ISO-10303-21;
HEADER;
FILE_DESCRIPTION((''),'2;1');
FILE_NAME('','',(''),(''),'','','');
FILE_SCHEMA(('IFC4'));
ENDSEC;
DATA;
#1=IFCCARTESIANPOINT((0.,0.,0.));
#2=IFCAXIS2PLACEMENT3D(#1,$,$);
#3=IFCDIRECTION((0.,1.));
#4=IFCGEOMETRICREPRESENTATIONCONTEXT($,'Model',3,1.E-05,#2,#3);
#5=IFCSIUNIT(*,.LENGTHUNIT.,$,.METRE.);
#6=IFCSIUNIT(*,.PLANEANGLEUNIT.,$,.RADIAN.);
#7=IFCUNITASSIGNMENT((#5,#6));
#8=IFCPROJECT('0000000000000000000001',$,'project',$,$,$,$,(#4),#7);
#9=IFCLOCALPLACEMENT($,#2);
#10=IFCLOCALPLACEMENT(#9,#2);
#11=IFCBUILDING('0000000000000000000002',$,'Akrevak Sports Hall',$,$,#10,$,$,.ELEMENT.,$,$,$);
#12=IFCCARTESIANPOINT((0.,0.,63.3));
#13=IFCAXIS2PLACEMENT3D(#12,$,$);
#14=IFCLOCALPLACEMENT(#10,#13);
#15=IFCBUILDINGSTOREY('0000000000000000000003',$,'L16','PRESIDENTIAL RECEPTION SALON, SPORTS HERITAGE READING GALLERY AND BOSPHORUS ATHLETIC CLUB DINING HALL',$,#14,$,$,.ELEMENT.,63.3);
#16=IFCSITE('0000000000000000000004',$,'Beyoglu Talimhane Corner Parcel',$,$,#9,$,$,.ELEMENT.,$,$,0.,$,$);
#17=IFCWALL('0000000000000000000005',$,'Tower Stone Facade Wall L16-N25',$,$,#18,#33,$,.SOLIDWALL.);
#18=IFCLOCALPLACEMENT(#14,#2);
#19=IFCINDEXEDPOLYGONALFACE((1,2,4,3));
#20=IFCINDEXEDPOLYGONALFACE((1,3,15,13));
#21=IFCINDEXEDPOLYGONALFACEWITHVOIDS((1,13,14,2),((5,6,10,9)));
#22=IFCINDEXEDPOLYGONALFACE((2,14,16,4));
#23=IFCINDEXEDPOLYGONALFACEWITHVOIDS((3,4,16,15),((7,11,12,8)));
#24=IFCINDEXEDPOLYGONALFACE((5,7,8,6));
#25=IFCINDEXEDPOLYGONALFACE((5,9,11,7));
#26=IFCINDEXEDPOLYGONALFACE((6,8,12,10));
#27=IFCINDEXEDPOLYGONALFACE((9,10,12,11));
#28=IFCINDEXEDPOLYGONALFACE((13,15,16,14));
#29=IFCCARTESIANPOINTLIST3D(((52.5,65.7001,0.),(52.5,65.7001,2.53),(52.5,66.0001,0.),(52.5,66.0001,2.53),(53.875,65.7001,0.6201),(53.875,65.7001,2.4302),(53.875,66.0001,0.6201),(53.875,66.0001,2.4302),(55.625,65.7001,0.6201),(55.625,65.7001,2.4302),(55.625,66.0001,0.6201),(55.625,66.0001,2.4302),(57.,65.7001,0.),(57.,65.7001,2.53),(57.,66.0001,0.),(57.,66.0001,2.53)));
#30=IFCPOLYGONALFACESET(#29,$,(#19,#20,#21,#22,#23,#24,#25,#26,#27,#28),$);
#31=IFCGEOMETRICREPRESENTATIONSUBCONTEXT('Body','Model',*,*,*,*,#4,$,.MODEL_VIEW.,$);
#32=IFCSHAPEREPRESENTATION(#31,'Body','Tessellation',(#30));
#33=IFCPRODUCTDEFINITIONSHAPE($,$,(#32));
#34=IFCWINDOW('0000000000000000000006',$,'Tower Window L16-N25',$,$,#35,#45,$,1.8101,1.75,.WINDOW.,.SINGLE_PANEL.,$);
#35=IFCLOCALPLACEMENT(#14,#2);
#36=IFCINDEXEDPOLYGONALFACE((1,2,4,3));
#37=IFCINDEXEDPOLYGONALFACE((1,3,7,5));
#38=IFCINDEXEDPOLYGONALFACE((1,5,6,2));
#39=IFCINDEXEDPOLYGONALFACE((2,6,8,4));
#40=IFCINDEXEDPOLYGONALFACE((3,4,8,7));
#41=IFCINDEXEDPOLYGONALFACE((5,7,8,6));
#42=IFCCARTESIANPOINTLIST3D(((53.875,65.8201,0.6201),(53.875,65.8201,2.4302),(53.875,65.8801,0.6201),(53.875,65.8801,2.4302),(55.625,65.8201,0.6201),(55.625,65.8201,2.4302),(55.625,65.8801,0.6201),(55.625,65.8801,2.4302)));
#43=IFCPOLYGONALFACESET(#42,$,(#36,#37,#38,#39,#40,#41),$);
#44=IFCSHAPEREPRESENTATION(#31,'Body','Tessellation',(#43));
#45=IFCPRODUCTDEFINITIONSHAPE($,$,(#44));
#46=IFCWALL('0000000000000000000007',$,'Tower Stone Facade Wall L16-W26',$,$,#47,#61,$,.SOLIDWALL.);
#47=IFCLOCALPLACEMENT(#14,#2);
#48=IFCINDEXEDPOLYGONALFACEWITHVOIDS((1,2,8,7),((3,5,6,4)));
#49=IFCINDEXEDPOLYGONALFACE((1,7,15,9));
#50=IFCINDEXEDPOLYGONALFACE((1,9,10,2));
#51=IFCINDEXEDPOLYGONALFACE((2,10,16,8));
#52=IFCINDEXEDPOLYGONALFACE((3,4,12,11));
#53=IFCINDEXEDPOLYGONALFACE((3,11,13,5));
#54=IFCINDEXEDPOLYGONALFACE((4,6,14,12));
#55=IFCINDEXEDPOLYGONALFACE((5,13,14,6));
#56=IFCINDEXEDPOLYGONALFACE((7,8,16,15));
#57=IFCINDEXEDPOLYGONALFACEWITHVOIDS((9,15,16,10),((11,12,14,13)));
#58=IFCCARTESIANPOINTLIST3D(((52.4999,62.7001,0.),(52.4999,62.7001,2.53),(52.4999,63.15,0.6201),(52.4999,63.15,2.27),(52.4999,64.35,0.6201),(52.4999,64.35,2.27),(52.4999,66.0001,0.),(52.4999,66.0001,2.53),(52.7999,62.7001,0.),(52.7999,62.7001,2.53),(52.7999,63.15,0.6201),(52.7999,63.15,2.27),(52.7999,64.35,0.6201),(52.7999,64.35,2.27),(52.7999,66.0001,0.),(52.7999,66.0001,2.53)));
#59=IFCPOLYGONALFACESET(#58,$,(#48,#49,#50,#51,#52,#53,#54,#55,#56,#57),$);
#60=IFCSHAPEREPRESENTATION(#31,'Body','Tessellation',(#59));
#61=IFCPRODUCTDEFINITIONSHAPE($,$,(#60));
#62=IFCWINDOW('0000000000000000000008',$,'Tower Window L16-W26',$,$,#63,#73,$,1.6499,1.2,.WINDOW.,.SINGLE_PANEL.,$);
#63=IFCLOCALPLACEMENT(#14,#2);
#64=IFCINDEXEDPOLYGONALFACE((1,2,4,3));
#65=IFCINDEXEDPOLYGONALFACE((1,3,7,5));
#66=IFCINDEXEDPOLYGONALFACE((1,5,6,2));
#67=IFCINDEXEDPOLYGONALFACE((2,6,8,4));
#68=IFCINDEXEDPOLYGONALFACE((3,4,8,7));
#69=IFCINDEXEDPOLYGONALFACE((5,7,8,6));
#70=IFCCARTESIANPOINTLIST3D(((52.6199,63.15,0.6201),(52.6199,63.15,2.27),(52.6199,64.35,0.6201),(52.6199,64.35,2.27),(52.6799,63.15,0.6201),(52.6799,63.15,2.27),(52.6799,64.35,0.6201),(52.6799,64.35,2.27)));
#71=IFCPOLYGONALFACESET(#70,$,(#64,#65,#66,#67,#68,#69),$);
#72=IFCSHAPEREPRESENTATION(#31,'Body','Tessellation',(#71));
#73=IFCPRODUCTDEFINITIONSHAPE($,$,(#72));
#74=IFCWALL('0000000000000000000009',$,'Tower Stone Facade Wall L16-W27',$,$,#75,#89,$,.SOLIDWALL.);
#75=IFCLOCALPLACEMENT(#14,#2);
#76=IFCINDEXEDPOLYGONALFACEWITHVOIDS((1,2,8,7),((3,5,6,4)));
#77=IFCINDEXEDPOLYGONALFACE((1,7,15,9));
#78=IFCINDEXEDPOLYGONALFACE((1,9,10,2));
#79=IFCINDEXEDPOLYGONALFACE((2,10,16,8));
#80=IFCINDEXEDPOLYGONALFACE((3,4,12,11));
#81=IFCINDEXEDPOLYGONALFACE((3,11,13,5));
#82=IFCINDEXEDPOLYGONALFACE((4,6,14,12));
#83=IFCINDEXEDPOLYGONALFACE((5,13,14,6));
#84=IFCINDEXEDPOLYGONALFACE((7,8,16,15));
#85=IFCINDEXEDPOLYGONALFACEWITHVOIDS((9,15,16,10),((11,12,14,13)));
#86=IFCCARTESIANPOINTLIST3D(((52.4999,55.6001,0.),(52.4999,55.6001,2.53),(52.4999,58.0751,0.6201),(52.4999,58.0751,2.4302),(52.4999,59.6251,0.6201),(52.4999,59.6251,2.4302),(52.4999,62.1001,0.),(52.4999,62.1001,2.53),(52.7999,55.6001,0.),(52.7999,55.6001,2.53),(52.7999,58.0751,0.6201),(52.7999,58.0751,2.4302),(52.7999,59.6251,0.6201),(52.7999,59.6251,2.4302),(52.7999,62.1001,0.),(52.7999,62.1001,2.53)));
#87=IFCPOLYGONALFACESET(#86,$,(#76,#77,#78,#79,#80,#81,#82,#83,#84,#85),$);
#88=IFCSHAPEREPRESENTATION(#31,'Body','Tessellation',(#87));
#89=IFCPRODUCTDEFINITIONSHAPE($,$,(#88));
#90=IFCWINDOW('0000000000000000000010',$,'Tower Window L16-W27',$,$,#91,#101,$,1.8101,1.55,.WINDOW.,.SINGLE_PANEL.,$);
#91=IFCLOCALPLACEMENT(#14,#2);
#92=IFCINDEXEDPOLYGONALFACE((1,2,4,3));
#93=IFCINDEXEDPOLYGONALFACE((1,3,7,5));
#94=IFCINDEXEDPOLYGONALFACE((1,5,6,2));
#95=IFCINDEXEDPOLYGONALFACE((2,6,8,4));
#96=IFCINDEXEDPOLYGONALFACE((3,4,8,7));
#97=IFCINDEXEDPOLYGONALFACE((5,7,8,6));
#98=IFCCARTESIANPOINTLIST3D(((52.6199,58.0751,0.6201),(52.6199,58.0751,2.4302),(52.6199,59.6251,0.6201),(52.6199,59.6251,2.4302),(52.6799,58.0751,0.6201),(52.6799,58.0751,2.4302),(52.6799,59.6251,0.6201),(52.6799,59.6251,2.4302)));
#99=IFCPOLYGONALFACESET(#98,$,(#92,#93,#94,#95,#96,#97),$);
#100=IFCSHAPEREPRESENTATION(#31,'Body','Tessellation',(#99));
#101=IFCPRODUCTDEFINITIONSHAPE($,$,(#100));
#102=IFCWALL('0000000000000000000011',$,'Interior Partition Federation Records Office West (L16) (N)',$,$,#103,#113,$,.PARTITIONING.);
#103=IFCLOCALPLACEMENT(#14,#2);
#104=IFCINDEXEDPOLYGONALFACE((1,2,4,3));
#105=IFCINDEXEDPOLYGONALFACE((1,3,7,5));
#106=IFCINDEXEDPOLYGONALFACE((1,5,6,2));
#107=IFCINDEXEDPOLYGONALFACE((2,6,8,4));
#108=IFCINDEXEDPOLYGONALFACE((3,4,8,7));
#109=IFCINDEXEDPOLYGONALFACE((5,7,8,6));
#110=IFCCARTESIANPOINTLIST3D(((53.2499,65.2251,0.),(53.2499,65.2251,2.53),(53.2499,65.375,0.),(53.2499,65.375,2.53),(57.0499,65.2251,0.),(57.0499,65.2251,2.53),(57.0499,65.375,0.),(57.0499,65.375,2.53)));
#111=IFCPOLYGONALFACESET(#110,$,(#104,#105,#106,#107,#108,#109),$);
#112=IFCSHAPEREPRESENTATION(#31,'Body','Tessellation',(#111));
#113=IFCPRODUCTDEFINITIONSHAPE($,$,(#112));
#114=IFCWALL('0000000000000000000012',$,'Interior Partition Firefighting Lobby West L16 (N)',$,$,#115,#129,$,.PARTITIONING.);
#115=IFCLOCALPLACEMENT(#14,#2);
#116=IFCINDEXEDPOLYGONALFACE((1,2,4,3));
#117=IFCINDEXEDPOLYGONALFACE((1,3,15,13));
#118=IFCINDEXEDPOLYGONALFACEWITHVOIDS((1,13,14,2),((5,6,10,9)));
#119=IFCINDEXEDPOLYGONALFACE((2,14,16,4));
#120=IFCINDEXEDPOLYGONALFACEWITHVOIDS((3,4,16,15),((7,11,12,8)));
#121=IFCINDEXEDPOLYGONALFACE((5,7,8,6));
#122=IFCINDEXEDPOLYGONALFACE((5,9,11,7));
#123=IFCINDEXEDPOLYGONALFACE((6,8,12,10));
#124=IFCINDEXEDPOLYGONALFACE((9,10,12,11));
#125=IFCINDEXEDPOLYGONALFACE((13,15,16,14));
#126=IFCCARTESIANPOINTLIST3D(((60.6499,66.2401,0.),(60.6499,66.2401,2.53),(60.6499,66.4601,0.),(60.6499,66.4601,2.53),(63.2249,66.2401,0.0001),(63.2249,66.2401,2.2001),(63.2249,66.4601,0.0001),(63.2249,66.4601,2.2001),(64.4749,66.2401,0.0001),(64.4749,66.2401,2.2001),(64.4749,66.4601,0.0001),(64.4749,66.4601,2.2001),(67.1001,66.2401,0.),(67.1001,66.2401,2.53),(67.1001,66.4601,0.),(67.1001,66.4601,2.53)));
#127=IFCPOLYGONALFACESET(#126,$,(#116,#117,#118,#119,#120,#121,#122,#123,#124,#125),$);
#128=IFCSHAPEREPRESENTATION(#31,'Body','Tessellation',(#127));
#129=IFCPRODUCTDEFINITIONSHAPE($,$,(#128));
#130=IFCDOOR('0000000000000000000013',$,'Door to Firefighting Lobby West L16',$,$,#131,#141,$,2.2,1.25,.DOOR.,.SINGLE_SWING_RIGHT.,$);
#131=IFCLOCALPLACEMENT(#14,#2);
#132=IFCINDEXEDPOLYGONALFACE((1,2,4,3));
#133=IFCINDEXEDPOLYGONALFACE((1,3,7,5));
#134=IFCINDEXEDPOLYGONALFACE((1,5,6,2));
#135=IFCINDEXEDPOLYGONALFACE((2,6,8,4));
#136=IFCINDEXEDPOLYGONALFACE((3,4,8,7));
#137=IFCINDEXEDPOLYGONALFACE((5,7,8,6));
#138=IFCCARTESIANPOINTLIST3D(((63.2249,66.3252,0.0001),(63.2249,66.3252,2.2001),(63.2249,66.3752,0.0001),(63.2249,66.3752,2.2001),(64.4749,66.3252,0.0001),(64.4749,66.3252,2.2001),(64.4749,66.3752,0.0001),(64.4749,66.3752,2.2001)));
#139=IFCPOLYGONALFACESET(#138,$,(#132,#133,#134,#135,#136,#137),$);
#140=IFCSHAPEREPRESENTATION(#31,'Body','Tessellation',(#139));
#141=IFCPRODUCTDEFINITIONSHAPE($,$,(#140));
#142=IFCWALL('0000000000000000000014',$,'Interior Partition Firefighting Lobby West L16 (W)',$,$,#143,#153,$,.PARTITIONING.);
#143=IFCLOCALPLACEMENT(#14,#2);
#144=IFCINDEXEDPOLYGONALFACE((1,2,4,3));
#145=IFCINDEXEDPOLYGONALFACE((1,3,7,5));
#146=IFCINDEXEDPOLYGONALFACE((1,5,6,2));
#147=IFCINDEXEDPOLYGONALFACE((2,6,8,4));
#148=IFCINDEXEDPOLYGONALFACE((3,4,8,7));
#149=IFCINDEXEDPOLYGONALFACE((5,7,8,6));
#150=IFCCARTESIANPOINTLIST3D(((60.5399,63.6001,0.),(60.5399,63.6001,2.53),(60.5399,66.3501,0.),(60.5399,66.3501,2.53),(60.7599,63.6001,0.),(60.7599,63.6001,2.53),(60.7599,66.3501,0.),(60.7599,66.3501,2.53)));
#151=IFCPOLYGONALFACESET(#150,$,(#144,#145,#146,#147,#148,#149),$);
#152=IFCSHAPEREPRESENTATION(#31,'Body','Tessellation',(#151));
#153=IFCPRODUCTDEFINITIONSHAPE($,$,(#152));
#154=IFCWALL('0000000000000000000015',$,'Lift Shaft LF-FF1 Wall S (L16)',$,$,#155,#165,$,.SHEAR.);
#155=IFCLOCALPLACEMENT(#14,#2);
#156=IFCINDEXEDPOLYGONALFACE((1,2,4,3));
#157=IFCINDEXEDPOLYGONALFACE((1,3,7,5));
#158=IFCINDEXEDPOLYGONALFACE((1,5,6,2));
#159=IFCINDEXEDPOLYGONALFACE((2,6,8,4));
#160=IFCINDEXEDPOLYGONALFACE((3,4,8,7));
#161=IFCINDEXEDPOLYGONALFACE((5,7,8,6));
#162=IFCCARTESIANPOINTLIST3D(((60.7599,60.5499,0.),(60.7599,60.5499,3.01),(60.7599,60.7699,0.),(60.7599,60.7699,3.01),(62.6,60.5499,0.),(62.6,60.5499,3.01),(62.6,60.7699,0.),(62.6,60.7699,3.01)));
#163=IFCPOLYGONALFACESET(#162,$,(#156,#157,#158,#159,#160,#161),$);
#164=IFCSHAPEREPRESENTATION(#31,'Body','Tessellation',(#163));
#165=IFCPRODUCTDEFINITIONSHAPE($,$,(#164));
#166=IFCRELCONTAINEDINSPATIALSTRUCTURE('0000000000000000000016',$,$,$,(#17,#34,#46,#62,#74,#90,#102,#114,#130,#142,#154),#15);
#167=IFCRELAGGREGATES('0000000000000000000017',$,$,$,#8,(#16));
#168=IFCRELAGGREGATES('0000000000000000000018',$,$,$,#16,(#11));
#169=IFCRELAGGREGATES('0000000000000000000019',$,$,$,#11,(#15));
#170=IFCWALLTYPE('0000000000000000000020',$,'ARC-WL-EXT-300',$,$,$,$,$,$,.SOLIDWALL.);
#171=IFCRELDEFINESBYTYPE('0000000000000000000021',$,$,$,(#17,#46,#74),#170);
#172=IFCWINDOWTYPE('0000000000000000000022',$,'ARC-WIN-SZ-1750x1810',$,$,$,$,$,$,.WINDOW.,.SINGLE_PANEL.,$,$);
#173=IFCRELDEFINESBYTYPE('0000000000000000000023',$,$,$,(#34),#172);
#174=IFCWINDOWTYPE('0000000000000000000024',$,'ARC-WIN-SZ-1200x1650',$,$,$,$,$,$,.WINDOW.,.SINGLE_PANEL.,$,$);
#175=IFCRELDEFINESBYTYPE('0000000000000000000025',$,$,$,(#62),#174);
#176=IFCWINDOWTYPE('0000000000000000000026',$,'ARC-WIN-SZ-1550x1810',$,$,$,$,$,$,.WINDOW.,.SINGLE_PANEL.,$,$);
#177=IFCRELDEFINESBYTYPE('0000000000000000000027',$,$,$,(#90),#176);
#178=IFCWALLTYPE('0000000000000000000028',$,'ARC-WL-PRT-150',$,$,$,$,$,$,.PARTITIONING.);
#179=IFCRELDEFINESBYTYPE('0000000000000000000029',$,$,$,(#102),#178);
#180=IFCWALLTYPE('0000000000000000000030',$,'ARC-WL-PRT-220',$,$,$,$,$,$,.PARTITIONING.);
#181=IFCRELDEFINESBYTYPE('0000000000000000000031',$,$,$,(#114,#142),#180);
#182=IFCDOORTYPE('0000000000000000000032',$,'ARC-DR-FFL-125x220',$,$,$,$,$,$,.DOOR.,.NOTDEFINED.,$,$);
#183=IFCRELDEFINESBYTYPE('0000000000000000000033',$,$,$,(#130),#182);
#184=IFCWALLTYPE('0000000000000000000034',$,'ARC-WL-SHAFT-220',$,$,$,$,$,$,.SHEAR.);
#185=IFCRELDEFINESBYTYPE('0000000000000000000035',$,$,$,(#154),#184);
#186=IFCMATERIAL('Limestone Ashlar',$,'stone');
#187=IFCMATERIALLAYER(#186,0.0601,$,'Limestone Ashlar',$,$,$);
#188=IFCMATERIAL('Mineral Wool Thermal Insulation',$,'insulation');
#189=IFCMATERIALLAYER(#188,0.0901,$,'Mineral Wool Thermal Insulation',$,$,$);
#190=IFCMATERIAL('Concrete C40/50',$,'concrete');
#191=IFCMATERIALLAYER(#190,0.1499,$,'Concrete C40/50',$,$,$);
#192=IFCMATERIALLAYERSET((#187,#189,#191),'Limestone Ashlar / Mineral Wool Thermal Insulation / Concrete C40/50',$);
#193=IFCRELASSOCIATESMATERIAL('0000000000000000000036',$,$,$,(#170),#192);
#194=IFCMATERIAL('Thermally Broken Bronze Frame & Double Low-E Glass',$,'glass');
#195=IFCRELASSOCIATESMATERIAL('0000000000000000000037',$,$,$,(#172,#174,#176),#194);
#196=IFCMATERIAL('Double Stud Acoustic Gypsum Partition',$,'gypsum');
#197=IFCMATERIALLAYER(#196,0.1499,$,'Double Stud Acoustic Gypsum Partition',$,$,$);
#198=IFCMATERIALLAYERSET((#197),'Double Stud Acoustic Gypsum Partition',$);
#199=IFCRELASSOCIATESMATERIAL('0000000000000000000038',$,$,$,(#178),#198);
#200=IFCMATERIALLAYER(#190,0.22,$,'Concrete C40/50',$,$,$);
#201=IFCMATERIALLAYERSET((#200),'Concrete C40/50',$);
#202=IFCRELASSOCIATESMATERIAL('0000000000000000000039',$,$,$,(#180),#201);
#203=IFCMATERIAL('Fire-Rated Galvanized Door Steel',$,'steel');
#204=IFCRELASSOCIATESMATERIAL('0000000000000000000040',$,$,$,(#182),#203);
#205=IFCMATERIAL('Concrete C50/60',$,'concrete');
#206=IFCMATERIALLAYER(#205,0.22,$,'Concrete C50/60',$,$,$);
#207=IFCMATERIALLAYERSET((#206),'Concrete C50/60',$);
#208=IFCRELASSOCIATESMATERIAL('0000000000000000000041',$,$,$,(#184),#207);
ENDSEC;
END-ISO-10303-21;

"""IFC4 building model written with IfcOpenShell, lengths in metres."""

from ifc_helpers import new_model, si_unit, direction, frame, frame_2d, origin, place, context, subcontext, project, spatial, rectangle, extrude, material, layer, layer_set, type_object, element, fill, save


model = new_model("IFC4")

# Units and contexts
model_context = context("Model", 3, precision=1e-05, world=origin(), true_north=direction((0.0, 1.0)))
body_context = subcontext(model_context, "Body", "Model", "MODEL_VIEW")
ifc_project = project(units=[si_unit("LENGTHUNIT", "METRE"), si_unit("PLANEANGLEUNIT", "RADIAN")], contexts=[model_context])

# Site, building, storey
site_placement = place(None, origin())
site = spatial("IfcSite", under=ifc_project, at=site_placement, Name="Beyoglu Talimhane Corner Parcel", CompositionType="ELEMENT", RefElevation=0.0)
building_placement = place(site_placement, origin())
building = spatial("IfcBuilding", under=site, at=building_placement, Name="Akrevak Sports Hall", CompositionType="ELEMENT")
storey_placement = place(building_placement, frame((0.0, 0.0, 63.3)))
storey = spatial("IfcBuildingStorey", under=building, at=storey_placement, Name="L16", Description="PRESIDENTIAL RECEPTION SALON, SPORTS HERITAGE READING GALLERY AND BOSPHORUS ATHLETIC CLUB DINING HALL", CompositionType="ELEMENT", Elevation=63.3)

# Shared definitions
ifc_material_1 = material(Name="Concrete C40/50", Category="concrete")

# Shared definitions
ifc_material_2 = material(Name="Limestone Ashlar", Category="stone")
ifc_layer_1 = layer(ifc_material_2, 0.0601, Name="Limestone Ashlar")
ifc_material_3 = material(Name="Mineral Wool Thermal Insulation", Category="insulation")
ifc_layer_2 = layer(ifc_material_3, 0.0901, Name="Mineral Wool Thermal Insulation")
ifc_layer_3 = layer(ifc_material_1, 0.1499, Name="Concrete C40/50")
ifc_layer_set_1 = layer_set([ifc_layer_1, ifc_layer_2, ifc_layer_3], Name="Limestone Ashlar / Mineral Wool Thermal Insulation / Concrete C40/50")
wall_type_1 = type_object("IfcWallType", Name="ARC-WL-EXT-300", PredefinedType="SOLIDWALL", material=ifc_layer_set_1)

# Walls, openings, windows
ifc_material_4 = material(Name="Thermally Broken Bronze Frame & Double Low-E Glass", Category="glass")
wall_1_placement = place(storey_placement, frame((57.0, 65.8501, 0.0), z_axis=(0.0, 0.0, 1.0), x_axis=(-1.0, 0.0, 0.0)))
wall_1 = element("IfcWall", 1, at=wall_1_placement, inside=storey, type_object=wall_type_1, Name="Tower Stone Facade Wall L16-N25", PredefinedType="SOLIDWALL", context=body_context, shape_type="SweptSolid", body=[
    extrude(rectangle(XDim=4.5, YDim=0.3, at=frame_2d((2.25, 0.0))), origin(), (0.0, 0.0, 1.0), 2.53),
])
opening_1_placement = place(wall_1_placement, frame((1.375, 0.0, 0.6201)))
opening_1 = element("IfcOpeningElement", 2, at=opening_1_placement, cuts=wall_1, PredefinedType="OPENING", context=body_context, shape_type="SweptSolid", body=[
    extrude(rectangle(XDim=1.75, YDim=1.8101, at=frame_2d((0.875, 0.905))), frame((0.0, 0.1621, 0.0), z_axis=(0.0, -1.0, 0.0), x_axis=(1.0, 0.0, 0.0)), (0.0, 0.0, 1.0), 0.324),
])
window_type_1 = type_object("IfcWindowType", Name="ARC-WIN-SZ-1750x1810", PartitioningType="SINGLE_PANEL", PredefinedType="WINDOW", material=ifc_material_4)
window_1_placement = place(opening_1_placement, origin())
window_1 = element("IfcWindow", 3, at=window_1_placement, inside=storey, type_object=window_type_1, Name="Tower Window L16-N25", OverallHeight=1.8101, OverallWidth=1.75, PartitioningType="SINGLE_PANEL", PredefinedType="WINDOW", context=body_context, shape_type="SweptSolid", body=[
    extrude(rectangle(XDim=1.75, YDim=1.8101, at=frame_2d((0.875, 0.905))), frame((0.0, 0.03, 0.0), z_axis=(0.0, -1.0, 0.0), x_axis=(1.0, 0.0, 0.0)), (0.0, 0.0, 1.0), 0.0601),
])
fill(opening_1, window_1)
wall_2_placement = place(storey_placement, frame((52.6499, 66.0, 0.0), z_axis=(0.0, 0.0, 1.0), x_axis=(0.0, -1.0, 0.0)))
wall_2 = element("IfcWall", 4, at=wall_2_placement, inside=storey, type_object=wall_type_1, Name="Tower Stone Facade Wall L16-W26", PredefinedType="SOLIDWALL", context=body_context, shape_type="SweptSolid", body=[
    extrude(rectangle(XDim=3.3, YDim=0.3, at=frame_2d((1.6499, 0.0))), origin(), (0.0, 0.0, 1.0), 2.53),
])
opening_2_placement = place(wall_2_placement, frame((1.6499, 0.0, 0.6201)))
opening_2 = element("IfcOpeningElement", 5, at=opening_2_placement, cuts=wall_2, PredefinedType="OPENING", context=body_context, shape_type="SweptSolid", body=[
    extrude(rectangle(XDim=1.2, YDim=1.6499, at=frame_2d((0.6001, 0.825))), frame((0.0, 0.1621, 0.0), z_axis=(0.0, -1.0, 0.0), x_axis=(1.0, 0.0, 0.0)), (0.0, 0.0, 1.0), 0.324),
])
window_type_2 = type_object("IfcWindowType", Name="ARC-WIN-SZ-1200x1650", PartitioningType="SINGLE_PANEL", PredefinedType="WINDOW", material=ifc_material_4)
window_2_placement = place(opening_2_placement, origin())
window_2 = element("IfcWindow", 6, at=window_2_placement, inside=storey, type_object=window_type_2, Name="Tower Window L16-W26", OverallHeight=1.6499, OverallWidth=1.2, PartitioningType="SINGLE_PANEL", PredefinedType="WINDOW", context=body_context, shape_type="SweptSolid", body=[
    extrude(rectangle(XDim=1.2, YDim=1.6499, at=frame_2d((0.6001, 0.825))), frame((0.0, 0.03, 0.0), z_axis=(0.0, -1.0, 0.0), x_axis=(1.0, 0.0, 0.0)), (0.0, 0.0, 1.0), 0.0601),
])
fill(opening_2, window_2)
wall_3_placement = place(storey_placement, frame((52.6499, 62.1001, 0.0), z_axis=(0.0, 0.0, 1.0), x_axis=(0.0, -1.0, 0.0)))
wall_3 = element("IfcWall", 7, at=wall_3_placement, inside=storey, type_object=wall_type_1, Name="Tower Stone Facade Wall L16-W27", PredefinedType="SOLIDWALL", context=body_context, shape_type="SweptSolid", body=[
    extrude(rectangle(XDim=6.5, YDim=0.3, at=frame_2d((3.25, 0.0))), origin(), (0.0, 0.0, 1.0), 2.53),
])
opening_3_placement = place(wall_3_placement, frame((2.4751, 0.0, 0.6201)))
opening_3 = element("IfcOpeningElement", 8, at=opening_3_placement, cuts=wall_3, PredefinedType="OPENING", context=body_context, shape_type="SweptSolid", body=[
    extrude(rectangle(XDim=1.55, YDim=1.8101, at=frame_2d((0.7749, 0.905))), frame((0.0, 0.1621, 0.0), z_axis=(0.0, -1.0, 0.0), x_axis=(1.0, 0.0, 0.0)), (0.0, 0.0, 1.0), 0.324),
])
window_type_3 = type_object("IfcWindowType", Name="ARC-WIN-SZ-1550x1810", PartitioningType="SINGLE_PANEL", PredefinedType="WINDOW", material=ifc_material_4)
window_3_placement = place(opening_3_placement, origin())
window_3 = element("IfcWindow", 9, at=window_3_placement, inside=storey, type_object=window_type_3, Name="Tower Window L16-W27", OverallHeight=1.8101, OverallWidth=1.55, PartitioningType="SINGLE_PANEL", PredefinedType="WINDOW", context=body_context, shape_type="SweptSolid", body=[
    extrude(rectangle(XDim=1.55, YDim=1.8101, at=frame_2d((0.7749, 0.905))), frame((0.0, 0.03, 0.0), z_axis=(0.0, -1.0, 0.0), x_axis=(1.0, 0.0, 0.0)), (0.0, 0.0, 1.0), 0.0601),
])
fill(opening_3, window_3)

# Wall
ifc_material_5 = material(Name="Double Stud Acoustic Gypsum Partition", Category="gypsum")
ifc_layer_4 = layer(ifc_material_5, 0.1499, Name="Double Stud Acoustic Gypsum Partition")
ifc_layer_set_2 = layer_set([ifc_layer_4], Name="Double Stud Acoustic Gypsum Partition")
wall_type_2 = type_object("IfcWallType", Name="ARC-WL-PRT-150", PredefinedType="PARTITIONING", material=ifc_layer_set_2)
wall_4_placement = place(storey_placement, frame((53.25, 65.3, 0.0), z_axis=(0.0, 0.0, 1.0), x_axis=(1.0, 0.0, 0.0)))
element("IfcWall", 10, at=wall_4_placement, inside=storey, type_object=wall_type_2, Name="Interior Partition Federation Records Office West (L16) (N)", PredefinedType="PARTITIONING", context=body_context, shape_type="SweptSolid", body=[
    extrude(rectangle(XDim=3.8, YDim=0.1499, at=frame_2d((1.8999, 0.0))), origin(), (0.0, 0.0, 1.0), 2.53),
])

# Wall, opening, door
ifc_layer_5 = layer(ifc_material_1, 0.22, Name="Concrete C40/50")
ifc_layer_set_3 = layer_set([ifc_layer_5], Name="Concrete C40/50")
wall_type_3 = type_object("IfcWallType", Name="ARC-WL-PRT-220", PredefinedType="PARTITIONING", material=ifc_layer_set_3)
wall_5_placement = place(storey_placement, frame((60.6499, 66.3501, 0.0), z_axis=(0.0, 0.0, 1.0), x_axis=(1.0, 0.0, 0.0)))
wall_5 = element("IfcWall", 11, at=wall_5_placement, inside=storey, type_object=wall_type_3, Name="Interior Partition Firefighting Lobby West L16 (N)", PredefinedType="PARTITIONING", context=body_context, shape_type="SweptSolid", body=[
    extrude(rectangle(XDim=6.4502, YDim=0.22, at=frame_2d((3.2251, 0.0))), origin(), (0.0, 0.0, 1.0), 2.53),
])
opening_4_placement = place(wall_5_placement, frame((2.575, 0.0, 0.0)))
opening_4 = element("IfcOpeningElement", 12, at=opening_4_placement, cuts=wall_5, PredefinedType="OPENING", context=body_context, shape_type="SweptSolid", body=[
    extrude(rectangle(XDim=1.25, YDim=2.2, at=frame_2d((0.625, 1.1001))), frame((0.0, 0.1221, 0.0), z_axis=(0.0, -1.0, 0.0), x_axis=(1.0, 0.0, 0.0)), (0.0, 0.0, 1.0), 0.2439),
])
ifc_material_6 = material(Name="Fire-Rated Galvanized Door Steel", Category="steel")
door_type_1 = type_object("IfcDoorType", Name="ARC-DR-FFL-125x220", OperationType="NOTDEFINED", PredefinedType="DOOR", material=ifc_material_6)
door_1_placement = place(opening_4_placement, frame((1.25, 0.0, 0.0), z_axis=(0.0, 0.0, 1.0), x_axis=(-1.0, 0.0, 0.0)))
door_1 = element("IfcDoor", 13, at=door_1_placement, inside=storey, type_object=door_type_1, Name="Door to Firefighting Lobby West L16", OperationType="SINGLE_SWING_RIGHT", OverallHeight=2.2, OverallWidth=1.25, PredefinedType="DOOR", context=body_context, shape_type="SweptSolid", body=[
    extrude(rectangle(XDim=1.25, YDim=2.2, at=frame_2d((0.625, 1.1001))), frame((0.0, 0.0249, 0.0), z_axis=(0.0, -1.0, 0.0), x_axis=(1.0, 0.0, 0.0)), (0.0, 0.0, 1.0), 0.05),
])
fill(opening_4, door_1)

# Walls
wall_6_placement = place(storey_placement, frame((60.6499, 63.6001, 0.0), z_axis=(0.0, 0.0, 1.0), x_axis=(0.0, 1.0, 0.0)))
element("IfcWall", 14, at=wall_6_placement, inside=storey, type_object=wall_type_3, Name="Interior Partition Firefighting Lobby West L16 (W)", PredefinedType="PARTITIONING", context=body_context, shape_type="SweptSolid", body=[
    extrude(rectangle(XDim=2.75, YDim=0.22, at=frame_2d((1.375, 0.0))), origin(), (0.0, 0.0, 1.0), 2.53),
])
ifc_material_7 = material(Name="Concrete C50/60", Category="concrete")
ifc_layer_6 = layer(ifc_material_7, 0.22, Name="Concrete C50/60")
ifc_layer_set_4 = layer_set([ifc_layer_6], Name="Concrete C50/60")
wall_type_4 = type_object("IfcWallType", Name="ARC-WL-SHAFT-220", PredefinedType="SHEAR", material=ifc_layer_set_4)
wall_7_placement = place(storey_placement, frame((60.76, 60.6599, 0.0), z_axis=(0.0, 0.0, 1.0), x_axis=(1.0, 0.0, 0.0)))
element("IfcWall", 15, at=wall_7_placement, inside=storey, type_object=wall_type_4, Name="Lift Shaft LF-FF1 Wall S (L16)", PredefinedType="SHEAR", context=body_context, shape_type="SweptSolid", body=[
    extrude(rectangle(XDim=1.8401, YDim=0.22, at=frame_2d((0.9199, 0.0))), origin(), (0.0, 0.0, 1.0), 3.01),
])

save(model, "model.ifc")
